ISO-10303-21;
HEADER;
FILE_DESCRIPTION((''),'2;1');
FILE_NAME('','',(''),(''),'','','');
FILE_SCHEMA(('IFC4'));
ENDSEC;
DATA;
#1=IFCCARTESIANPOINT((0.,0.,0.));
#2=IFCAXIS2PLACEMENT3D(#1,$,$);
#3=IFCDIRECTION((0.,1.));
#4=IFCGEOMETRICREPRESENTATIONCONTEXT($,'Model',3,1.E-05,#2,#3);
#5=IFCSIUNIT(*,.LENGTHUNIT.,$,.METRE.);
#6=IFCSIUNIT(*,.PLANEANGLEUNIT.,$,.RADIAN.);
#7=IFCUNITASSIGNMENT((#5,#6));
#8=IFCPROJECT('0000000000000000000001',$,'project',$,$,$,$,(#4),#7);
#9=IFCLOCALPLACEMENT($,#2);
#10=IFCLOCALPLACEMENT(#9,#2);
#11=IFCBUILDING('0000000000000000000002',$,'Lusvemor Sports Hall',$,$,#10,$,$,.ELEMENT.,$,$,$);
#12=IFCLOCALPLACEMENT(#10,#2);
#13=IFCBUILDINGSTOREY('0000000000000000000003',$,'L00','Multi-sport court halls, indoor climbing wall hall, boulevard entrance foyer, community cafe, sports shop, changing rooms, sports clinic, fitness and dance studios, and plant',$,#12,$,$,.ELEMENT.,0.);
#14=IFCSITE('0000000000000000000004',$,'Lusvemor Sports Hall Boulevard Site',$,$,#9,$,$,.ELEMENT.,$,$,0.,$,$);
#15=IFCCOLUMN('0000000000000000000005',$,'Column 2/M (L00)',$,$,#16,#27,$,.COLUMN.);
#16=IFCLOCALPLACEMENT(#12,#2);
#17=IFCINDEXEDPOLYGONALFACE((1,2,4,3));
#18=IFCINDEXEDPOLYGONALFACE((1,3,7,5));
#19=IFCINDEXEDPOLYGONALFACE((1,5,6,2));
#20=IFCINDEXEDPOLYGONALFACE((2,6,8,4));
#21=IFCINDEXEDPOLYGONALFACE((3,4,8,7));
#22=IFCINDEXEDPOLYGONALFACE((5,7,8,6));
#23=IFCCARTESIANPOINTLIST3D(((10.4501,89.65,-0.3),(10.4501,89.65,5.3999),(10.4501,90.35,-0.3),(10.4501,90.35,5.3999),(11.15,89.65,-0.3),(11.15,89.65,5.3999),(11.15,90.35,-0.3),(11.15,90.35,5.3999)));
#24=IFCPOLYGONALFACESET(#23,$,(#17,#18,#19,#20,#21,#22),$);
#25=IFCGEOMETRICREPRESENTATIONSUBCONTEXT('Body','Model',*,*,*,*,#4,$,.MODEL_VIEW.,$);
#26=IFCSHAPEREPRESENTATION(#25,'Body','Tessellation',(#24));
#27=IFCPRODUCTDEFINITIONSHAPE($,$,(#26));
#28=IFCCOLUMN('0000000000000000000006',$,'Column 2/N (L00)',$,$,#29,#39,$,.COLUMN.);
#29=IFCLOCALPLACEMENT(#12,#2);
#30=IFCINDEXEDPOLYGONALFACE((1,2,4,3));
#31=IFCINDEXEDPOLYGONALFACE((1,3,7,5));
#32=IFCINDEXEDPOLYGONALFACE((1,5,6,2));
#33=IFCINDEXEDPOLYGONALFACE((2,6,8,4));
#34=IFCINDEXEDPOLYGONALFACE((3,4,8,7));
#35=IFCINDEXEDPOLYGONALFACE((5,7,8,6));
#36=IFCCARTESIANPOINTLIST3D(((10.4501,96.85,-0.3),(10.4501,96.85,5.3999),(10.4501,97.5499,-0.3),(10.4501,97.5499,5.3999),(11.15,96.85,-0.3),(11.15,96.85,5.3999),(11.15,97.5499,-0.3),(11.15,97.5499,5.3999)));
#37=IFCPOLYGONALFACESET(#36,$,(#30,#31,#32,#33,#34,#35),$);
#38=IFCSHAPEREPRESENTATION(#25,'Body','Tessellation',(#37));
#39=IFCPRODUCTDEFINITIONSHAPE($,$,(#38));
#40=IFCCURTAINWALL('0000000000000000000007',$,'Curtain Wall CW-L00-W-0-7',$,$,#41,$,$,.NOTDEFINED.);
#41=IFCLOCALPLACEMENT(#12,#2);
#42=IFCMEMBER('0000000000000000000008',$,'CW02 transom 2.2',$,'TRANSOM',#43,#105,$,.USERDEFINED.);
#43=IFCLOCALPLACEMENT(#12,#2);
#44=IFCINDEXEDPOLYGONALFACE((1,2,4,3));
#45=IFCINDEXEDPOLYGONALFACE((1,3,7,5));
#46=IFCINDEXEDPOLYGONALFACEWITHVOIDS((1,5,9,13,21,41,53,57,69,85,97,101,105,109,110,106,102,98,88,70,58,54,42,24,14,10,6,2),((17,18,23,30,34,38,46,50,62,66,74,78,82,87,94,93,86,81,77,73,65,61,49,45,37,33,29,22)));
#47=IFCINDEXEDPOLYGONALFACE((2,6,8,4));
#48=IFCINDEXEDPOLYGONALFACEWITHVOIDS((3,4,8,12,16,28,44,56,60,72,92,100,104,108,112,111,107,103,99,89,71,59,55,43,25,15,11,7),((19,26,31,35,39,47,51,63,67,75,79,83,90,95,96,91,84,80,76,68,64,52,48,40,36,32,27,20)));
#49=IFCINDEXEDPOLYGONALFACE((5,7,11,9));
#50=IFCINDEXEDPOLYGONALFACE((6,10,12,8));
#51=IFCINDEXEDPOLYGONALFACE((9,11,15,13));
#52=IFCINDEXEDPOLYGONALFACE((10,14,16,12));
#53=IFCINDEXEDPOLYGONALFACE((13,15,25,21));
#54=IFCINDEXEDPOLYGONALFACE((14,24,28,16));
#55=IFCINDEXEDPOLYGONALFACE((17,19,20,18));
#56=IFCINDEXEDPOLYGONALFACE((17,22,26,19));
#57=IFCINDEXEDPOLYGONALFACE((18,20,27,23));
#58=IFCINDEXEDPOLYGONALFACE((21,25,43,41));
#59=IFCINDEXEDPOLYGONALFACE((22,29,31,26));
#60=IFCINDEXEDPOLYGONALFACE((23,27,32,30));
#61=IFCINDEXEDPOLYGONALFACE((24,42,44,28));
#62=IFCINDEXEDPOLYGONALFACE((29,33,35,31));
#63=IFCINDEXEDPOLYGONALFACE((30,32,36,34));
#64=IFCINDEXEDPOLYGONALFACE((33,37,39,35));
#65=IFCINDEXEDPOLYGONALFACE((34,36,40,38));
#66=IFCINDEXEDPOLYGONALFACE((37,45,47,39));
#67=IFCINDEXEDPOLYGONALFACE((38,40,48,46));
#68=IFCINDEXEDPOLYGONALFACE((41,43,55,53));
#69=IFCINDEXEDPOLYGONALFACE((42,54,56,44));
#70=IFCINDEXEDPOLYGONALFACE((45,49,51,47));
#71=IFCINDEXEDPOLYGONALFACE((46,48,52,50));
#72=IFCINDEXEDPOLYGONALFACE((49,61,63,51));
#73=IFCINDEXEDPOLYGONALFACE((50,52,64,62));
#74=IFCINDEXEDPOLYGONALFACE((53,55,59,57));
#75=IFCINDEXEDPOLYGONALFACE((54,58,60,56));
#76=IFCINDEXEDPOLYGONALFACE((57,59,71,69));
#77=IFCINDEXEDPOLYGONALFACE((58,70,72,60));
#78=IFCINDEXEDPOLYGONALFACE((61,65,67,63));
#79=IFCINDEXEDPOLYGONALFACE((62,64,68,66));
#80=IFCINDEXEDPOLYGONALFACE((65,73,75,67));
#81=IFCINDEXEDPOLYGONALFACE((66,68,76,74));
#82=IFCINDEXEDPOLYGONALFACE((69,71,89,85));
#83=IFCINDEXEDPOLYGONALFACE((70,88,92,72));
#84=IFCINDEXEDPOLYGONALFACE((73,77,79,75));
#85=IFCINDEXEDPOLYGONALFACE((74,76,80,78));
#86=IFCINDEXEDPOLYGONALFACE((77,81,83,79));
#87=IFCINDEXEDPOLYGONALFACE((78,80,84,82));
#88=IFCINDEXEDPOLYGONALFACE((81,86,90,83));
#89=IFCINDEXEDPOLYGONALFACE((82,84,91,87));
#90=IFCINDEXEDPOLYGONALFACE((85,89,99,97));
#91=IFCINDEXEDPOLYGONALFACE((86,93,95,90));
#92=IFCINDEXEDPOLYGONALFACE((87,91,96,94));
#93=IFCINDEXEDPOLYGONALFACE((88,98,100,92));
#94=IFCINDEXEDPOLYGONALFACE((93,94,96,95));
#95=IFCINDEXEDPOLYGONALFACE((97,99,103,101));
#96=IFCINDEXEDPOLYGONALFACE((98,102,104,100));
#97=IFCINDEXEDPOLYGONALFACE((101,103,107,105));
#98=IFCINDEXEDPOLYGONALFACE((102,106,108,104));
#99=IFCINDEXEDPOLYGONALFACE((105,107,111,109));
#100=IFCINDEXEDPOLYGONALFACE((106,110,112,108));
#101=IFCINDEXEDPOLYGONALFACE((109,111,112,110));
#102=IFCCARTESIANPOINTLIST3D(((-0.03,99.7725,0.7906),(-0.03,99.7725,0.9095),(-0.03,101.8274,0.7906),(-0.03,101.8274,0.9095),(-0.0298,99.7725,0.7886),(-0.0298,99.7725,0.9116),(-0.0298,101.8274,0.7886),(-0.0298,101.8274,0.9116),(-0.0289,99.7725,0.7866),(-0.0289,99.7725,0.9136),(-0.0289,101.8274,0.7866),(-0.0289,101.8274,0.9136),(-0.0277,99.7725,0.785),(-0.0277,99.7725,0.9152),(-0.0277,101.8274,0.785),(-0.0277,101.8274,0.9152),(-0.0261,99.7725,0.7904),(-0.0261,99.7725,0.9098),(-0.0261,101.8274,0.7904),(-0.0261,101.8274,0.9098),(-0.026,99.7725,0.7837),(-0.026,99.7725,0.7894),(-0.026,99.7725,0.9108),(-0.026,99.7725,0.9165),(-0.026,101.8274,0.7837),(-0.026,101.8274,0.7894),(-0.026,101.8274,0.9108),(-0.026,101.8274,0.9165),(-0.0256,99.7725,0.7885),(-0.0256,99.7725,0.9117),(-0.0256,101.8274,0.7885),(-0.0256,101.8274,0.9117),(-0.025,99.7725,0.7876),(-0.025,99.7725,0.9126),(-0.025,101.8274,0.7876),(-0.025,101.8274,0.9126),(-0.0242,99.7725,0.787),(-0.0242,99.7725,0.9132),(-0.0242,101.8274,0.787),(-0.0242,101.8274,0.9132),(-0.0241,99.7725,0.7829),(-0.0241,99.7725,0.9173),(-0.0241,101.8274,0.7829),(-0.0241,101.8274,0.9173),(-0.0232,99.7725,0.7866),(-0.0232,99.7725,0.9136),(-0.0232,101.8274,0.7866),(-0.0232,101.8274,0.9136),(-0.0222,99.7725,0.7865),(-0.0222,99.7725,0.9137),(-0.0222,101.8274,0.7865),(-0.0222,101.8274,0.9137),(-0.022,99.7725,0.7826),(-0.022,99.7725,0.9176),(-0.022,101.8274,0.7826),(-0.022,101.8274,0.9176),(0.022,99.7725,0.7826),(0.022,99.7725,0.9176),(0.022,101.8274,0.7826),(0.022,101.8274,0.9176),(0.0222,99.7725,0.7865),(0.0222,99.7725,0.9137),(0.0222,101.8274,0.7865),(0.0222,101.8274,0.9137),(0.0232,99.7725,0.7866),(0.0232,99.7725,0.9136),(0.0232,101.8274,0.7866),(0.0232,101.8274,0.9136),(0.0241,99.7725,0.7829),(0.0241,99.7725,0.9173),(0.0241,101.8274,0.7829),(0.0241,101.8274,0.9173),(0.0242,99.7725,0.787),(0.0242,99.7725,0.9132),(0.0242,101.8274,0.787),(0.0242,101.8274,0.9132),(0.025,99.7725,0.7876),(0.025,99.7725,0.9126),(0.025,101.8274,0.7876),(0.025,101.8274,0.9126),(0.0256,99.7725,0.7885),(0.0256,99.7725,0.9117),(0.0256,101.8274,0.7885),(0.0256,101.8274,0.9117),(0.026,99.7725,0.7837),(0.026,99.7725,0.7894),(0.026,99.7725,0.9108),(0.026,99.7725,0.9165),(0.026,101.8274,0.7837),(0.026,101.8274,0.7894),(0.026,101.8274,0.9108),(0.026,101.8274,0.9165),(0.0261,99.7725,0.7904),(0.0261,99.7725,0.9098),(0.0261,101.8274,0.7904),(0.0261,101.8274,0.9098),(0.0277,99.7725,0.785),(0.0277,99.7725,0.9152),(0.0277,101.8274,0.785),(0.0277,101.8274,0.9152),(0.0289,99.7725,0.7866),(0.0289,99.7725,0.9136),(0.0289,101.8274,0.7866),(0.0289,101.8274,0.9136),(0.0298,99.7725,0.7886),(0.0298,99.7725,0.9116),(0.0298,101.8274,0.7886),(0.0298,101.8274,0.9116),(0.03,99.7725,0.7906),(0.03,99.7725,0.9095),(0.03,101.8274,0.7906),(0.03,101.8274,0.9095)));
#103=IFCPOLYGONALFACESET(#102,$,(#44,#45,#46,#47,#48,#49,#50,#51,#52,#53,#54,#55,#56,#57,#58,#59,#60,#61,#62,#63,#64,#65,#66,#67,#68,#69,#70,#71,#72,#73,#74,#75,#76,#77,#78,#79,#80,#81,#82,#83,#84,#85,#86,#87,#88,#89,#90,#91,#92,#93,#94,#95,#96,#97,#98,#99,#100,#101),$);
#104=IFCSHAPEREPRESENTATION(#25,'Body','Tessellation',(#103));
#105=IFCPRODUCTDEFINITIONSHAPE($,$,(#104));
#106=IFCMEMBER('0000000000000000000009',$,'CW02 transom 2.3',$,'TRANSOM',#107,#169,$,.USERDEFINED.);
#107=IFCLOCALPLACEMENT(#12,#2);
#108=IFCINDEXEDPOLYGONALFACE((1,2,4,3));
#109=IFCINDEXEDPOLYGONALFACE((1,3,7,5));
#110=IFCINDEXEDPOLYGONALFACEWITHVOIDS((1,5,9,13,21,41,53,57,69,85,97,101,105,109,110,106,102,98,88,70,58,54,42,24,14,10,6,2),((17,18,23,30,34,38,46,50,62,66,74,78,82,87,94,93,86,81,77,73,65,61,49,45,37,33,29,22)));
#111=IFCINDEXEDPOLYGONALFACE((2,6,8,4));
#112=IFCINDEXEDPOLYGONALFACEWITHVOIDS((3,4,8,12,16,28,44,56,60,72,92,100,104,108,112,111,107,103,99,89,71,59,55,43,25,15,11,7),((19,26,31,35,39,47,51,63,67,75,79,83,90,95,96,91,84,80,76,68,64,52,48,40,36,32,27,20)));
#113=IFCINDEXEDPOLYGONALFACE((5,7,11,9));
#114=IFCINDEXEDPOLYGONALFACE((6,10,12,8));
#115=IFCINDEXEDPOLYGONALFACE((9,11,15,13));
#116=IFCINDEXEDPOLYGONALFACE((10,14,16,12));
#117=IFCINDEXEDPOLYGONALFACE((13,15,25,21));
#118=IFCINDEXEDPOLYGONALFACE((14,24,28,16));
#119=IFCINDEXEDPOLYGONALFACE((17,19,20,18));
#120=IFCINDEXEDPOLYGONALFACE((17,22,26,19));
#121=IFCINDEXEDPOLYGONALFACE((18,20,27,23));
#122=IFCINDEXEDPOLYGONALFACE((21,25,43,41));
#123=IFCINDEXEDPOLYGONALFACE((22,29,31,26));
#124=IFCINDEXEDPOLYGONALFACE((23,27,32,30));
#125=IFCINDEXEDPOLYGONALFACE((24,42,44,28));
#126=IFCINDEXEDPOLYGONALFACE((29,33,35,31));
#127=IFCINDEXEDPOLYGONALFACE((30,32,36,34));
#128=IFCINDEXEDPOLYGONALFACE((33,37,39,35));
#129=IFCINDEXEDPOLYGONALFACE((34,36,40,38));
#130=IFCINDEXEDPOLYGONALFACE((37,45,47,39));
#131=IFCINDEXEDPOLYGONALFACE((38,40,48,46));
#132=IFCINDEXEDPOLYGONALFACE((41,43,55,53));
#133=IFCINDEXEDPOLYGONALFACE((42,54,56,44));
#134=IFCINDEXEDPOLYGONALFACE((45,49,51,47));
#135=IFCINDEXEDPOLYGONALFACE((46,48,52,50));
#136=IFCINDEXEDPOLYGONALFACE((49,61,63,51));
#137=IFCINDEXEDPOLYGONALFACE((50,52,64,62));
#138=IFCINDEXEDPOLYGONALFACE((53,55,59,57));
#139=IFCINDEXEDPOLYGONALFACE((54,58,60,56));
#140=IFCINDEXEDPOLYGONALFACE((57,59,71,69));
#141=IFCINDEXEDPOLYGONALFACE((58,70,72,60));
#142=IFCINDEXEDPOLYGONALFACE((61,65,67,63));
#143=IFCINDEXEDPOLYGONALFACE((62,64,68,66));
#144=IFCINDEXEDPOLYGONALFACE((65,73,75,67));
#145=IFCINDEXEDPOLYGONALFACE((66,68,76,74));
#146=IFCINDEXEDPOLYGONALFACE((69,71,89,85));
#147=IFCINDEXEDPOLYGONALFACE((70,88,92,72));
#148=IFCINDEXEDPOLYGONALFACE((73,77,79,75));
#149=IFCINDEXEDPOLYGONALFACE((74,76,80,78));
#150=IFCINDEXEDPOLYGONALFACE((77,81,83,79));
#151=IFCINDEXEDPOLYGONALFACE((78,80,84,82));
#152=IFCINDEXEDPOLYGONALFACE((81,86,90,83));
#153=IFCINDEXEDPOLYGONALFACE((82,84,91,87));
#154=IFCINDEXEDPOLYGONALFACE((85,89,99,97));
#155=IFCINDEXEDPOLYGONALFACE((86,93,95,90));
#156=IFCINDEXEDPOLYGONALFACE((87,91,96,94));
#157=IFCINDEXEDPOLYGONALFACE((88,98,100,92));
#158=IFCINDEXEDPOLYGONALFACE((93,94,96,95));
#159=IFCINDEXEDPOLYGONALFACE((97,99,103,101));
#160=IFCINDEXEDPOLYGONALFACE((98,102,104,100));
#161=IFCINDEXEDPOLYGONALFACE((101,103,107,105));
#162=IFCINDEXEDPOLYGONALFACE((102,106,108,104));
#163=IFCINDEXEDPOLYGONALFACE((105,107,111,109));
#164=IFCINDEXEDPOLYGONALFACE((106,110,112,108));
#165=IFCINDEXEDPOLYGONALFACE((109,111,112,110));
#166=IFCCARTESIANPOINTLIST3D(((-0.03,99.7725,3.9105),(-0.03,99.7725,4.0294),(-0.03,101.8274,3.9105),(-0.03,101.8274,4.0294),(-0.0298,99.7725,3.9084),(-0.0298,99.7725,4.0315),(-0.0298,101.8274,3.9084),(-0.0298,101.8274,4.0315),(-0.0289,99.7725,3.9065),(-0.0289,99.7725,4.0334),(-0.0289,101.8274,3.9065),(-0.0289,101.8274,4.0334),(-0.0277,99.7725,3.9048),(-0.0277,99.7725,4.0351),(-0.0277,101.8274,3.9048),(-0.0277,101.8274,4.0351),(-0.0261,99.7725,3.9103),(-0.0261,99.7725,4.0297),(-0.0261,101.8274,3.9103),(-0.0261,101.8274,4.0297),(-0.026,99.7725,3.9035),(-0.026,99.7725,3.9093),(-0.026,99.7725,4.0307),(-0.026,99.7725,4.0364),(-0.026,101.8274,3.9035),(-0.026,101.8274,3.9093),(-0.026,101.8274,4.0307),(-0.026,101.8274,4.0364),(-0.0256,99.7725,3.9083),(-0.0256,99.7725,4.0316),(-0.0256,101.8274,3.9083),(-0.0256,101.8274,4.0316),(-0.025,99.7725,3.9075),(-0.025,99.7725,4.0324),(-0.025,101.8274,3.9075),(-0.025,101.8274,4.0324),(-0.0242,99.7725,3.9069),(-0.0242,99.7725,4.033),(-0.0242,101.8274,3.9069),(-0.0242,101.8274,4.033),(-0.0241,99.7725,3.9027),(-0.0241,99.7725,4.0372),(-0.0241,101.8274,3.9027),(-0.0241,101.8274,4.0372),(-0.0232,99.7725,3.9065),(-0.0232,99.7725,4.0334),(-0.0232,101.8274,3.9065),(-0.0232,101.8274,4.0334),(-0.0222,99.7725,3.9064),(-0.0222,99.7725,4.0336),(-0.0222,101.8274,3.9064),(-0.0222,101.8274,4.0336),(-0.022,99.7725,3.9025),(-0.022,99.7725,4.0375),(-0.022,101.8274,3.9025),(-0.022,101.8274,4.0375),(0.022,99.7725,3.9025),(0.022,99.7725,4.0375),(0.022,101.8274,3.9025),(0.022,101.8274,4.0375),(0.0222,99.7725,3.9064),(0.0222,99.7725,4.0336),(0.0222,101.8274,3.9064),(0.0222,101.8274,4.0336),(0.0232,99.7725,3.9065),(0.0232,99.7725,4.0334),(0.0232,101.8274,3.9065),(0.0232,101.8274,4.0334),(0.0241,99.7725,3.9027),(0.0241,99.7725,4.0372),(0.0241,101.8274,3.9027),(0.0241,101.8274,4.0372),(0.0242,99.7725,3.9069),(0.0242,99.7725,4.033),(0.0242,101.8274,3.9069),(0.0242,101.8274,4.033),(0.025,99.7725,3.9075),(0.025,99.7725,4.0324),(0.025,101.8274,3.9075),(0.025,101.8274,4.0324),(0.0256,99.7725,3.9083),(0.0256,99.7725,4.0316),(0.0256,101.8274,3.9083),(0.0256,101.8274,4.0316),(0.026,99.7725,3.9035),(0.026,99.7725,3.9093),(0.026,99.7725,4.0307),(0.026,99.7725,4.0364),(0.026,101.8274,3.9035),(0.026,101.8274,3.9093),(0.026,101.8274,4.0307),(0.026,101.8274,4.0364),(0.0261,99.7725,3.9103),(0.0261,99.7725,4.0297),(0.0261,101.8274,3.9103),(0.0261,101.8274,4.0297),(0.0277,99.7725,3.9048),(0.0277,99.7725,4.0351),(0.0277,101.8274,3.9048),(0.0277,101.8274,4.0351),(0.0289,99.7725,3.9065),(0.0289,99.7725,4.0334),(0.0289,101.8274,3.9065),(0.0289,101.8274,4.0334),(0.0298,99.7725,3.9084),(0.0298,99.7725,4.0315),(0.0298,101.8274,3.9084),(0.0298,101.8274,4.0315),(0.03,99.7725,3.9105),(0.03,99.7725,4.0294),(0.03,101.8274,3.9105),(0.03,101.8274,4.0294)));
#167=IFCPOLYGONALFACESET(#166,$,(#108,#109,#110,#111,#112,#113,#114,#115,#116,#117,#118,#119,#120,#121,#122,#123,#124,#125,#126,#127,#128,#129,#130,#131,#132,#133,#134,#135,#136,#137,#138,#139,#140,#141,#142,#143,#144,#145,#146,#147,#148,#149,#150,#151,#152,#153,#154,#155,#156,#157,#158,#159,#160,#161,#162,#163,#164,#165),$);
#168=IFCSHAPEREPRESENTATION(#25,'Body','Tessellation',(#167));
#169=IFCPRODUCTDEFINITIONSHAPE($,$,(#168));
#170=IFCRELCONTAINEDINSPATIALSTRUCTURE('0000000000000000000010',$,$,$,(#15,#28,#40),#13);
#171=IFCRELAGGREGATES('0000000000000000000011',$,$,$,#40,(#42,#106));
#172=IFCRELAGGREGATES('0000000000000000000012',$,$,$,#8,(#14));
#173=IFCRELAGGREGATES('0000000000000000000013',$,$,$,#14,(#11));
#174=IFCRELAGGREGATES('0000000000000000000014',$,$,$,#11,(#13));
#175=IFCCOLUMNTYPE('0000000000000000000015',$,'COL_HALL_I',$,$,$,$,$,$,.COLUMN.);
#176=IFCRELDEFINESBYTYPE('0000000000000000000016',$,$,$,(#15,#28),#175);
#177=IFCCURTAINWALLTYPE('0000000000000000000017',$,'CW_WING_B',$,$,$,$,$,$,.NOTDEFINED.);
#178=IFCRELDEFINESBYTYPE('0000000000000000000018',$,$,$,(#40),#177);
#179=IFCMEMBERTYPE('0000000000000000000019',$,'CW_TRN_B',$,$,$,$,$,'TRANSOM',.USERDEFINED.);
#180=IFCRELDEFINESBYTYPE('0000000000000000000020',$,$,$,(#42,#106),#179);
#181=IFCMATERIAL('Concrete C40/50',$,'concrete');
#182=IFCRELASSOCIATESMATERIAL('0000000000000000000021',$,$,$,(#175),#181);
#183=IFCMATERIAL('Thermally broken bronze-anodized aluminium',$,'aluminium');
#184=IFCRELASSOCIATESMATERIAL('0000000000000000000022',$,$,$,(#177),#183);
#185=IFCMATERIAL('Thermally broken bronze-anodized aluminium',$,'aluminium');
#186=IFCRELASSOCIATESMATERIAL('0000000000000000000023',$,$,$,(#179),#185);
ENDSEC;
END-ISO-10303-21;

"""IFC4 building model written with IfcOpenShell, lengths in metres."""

from ifc_helpers import new_model, si_unit, direction, frame, origin, origin_2d, place, context, subcontext, project, spatial, rectangle, hollow_rectangle, extrude, material, material_profile, profile_set, type_object, element, aggregate, save


model = new_model("IFC4")

# Units and contexts
model_context = context("Model", 3, precision=1e-05, world=origin(), true_north=direction((0.0, 1.0)))
body_context = subcontext(model_context, "Body", "Model", "MODEL_VIEW")
ifc_project = project(units=[si_unit("LENGTHUNIT", "METRE"), si_unit("PLANEANGLEUNIT", "RADIAN")], contexts=[model_context])

# Site, building, storey
site_placement = place(None, origin())
site = spatial("IfcSite", under=ifc_project, at=site_placement, Name="Lusvemor Sports Hall Boulevard Site", CompositionType="ELEMENT", RefElevation=0.0)
building_placement = place(site_placement, origin())
building = spatial("IfcBuilding", under=site, at=building_placement, Name="Lusvemor Sports Hall", CompositionType="ELEMENT")
storey_placement = place(building_placement, origin())
storey = spatial("IfcBuildingStorey", under=building, at=storey_placement, Name="L00", Description="Multi-sport court halls, indoor climbing wall hall, boulevard entrance foyer, community cafe, sports shop, changing rooms, sports clinic, fitness and dance studios, and plant", CompositionType="ELEMENT", Elevation=0.0)

# Columns
ifc_material_1 = material(Name="Concrete C40/50", Category="concrete")
ifc_material_profile_1 = material_profile(ifc_material_1, rectangle(XDim=0.7, YDim=0.7, at=origin_2d()), Name="RC700x700")
ifc_profile_set_1 = profile_set([ifc_material_profile_1], Name="Concrete C40/50")
column_type = type_object("IfcColumnType", Name="COL_HALL_I", PredefinedType="COLUMN", material=ifc_profile_set_1)
for number, where, z_axis, x_axis, name in (
    (1, (10.8, 90.0, -0.3), (0.0, 0.0, 1.0), (1.0, 0.0, 0.0), "Column 2/M (L00)"),
    (2, (10.8, 97.2, -0.3), (0.0, 0.0, 1.0), (1.0, 0.0, 0.0), "Column 2/N (L00)"),
):
    element("IfcColumn", number, at=place(storey_placement, frame(where, z_axis=z_axis, x_axis=x_axis)), inside=storey, type_object=column_type, Name=name, PredefinedType="COLUMN", context=body_context, shape_type="SweptSolid", body=[
        extrude(rectangle(XDim=0.7, YDim=0.7, at=origin_2d()), origin(), (0.0, 0.0, 1.0), 5.7),
    ])

# Curtain wall, members
ifc_material_2 = material(Name="Thermally broken bronze-anodized aluminium", Category="aluminium")
curtain_wall_type = type_object("IfcCurtainWallType", Name="CW_WING_B", PredefinedType="NOTDEFINED", material=ifc_material_2)
curtain_wall_placement = place(storey_placement, origin())
curtain_wall = element("IfcCurtainWall", 3, at=curtain_wall_placement, inside=storey, type_object=curtain_wall_type, Name="Curtain Wall CW-L00-W-0-7", PredefinedType="NOTDEFINED")
ifc_material_3 = material(Name="Thermally broken bronze-anodized aluminium", Category="aluminium")
ifc_material_profile_2 = material_profile(ifc_material_3, hollow_rectangle(XDim=0.0601, YDim=0.135, WallThickness=0.0039, InnerFilletRadius=0.0039, OuterFilletRadius=0.0081, at=origin_2d()), Name="CWTRN135x60x4")
ifc_profile_set_2 = profile_set([ifc_material_profile_2], Name="Thermally broken bronze-anodized aluminium")
member_type = type_object("IfcMemberType", Name="CW_TRN_B", ElementType="TRANSOM", PredefinedType="USERDEFINED", material=ifc_profile_set_2)
member_1_placement = place(storey_placement, frame((0.0, 99.7725, 0.8501), z_axis=(0.0, 1.0, 0.0), x_axis=(-1.0, 0.0, 0.0)))
member_1 = element("IfcMember", 4, at=member_1_placement, type_object=member_type, Name="CW02 transom 2.2", ObjectType="TRANSOM", PredefinedType="USERDEFINED", context=body_context, shape_type="SweptSolid", body=[
    extrude(hollow_rectangle(XDim=0.0601, YDim=0.135, WallThickness=0.0039, InnerFilletRadius=0.0039, OuterFilletRadius=0.0081, at=origin_2d()), origin(), (0.0, 0.0, 1.0), 2.0549),
])
member_2_placement = place(storey_placement, frame((0.0, 99.7725, 3.97), z_axis=(0.0, 1.0, 0.0), x_axis=(-1.0, 0.0, 0.0)))
member_2 = element("IfcMember", 5, at=member_2_placement, type_object=member_type, Name="CW02 transom 2.3", ObjectType="TRANSOM", PredefinedType="USERDEFINED", context=body_context, shape_type="SweptSolid", body=[
    extrude(hollow_rectangle(XDim=0.0601, YDim=0.135, WallThickness=0.0039, InnerFilletRadius=0.0039, OuterFilletRadius=0.0081, at=origin_2d()), origin(), (0.0, 0.0, 1.0), 2.0549),
])
aggregate(curtain_wall, [member_1, member_2])

save(model, "model.ifc")
